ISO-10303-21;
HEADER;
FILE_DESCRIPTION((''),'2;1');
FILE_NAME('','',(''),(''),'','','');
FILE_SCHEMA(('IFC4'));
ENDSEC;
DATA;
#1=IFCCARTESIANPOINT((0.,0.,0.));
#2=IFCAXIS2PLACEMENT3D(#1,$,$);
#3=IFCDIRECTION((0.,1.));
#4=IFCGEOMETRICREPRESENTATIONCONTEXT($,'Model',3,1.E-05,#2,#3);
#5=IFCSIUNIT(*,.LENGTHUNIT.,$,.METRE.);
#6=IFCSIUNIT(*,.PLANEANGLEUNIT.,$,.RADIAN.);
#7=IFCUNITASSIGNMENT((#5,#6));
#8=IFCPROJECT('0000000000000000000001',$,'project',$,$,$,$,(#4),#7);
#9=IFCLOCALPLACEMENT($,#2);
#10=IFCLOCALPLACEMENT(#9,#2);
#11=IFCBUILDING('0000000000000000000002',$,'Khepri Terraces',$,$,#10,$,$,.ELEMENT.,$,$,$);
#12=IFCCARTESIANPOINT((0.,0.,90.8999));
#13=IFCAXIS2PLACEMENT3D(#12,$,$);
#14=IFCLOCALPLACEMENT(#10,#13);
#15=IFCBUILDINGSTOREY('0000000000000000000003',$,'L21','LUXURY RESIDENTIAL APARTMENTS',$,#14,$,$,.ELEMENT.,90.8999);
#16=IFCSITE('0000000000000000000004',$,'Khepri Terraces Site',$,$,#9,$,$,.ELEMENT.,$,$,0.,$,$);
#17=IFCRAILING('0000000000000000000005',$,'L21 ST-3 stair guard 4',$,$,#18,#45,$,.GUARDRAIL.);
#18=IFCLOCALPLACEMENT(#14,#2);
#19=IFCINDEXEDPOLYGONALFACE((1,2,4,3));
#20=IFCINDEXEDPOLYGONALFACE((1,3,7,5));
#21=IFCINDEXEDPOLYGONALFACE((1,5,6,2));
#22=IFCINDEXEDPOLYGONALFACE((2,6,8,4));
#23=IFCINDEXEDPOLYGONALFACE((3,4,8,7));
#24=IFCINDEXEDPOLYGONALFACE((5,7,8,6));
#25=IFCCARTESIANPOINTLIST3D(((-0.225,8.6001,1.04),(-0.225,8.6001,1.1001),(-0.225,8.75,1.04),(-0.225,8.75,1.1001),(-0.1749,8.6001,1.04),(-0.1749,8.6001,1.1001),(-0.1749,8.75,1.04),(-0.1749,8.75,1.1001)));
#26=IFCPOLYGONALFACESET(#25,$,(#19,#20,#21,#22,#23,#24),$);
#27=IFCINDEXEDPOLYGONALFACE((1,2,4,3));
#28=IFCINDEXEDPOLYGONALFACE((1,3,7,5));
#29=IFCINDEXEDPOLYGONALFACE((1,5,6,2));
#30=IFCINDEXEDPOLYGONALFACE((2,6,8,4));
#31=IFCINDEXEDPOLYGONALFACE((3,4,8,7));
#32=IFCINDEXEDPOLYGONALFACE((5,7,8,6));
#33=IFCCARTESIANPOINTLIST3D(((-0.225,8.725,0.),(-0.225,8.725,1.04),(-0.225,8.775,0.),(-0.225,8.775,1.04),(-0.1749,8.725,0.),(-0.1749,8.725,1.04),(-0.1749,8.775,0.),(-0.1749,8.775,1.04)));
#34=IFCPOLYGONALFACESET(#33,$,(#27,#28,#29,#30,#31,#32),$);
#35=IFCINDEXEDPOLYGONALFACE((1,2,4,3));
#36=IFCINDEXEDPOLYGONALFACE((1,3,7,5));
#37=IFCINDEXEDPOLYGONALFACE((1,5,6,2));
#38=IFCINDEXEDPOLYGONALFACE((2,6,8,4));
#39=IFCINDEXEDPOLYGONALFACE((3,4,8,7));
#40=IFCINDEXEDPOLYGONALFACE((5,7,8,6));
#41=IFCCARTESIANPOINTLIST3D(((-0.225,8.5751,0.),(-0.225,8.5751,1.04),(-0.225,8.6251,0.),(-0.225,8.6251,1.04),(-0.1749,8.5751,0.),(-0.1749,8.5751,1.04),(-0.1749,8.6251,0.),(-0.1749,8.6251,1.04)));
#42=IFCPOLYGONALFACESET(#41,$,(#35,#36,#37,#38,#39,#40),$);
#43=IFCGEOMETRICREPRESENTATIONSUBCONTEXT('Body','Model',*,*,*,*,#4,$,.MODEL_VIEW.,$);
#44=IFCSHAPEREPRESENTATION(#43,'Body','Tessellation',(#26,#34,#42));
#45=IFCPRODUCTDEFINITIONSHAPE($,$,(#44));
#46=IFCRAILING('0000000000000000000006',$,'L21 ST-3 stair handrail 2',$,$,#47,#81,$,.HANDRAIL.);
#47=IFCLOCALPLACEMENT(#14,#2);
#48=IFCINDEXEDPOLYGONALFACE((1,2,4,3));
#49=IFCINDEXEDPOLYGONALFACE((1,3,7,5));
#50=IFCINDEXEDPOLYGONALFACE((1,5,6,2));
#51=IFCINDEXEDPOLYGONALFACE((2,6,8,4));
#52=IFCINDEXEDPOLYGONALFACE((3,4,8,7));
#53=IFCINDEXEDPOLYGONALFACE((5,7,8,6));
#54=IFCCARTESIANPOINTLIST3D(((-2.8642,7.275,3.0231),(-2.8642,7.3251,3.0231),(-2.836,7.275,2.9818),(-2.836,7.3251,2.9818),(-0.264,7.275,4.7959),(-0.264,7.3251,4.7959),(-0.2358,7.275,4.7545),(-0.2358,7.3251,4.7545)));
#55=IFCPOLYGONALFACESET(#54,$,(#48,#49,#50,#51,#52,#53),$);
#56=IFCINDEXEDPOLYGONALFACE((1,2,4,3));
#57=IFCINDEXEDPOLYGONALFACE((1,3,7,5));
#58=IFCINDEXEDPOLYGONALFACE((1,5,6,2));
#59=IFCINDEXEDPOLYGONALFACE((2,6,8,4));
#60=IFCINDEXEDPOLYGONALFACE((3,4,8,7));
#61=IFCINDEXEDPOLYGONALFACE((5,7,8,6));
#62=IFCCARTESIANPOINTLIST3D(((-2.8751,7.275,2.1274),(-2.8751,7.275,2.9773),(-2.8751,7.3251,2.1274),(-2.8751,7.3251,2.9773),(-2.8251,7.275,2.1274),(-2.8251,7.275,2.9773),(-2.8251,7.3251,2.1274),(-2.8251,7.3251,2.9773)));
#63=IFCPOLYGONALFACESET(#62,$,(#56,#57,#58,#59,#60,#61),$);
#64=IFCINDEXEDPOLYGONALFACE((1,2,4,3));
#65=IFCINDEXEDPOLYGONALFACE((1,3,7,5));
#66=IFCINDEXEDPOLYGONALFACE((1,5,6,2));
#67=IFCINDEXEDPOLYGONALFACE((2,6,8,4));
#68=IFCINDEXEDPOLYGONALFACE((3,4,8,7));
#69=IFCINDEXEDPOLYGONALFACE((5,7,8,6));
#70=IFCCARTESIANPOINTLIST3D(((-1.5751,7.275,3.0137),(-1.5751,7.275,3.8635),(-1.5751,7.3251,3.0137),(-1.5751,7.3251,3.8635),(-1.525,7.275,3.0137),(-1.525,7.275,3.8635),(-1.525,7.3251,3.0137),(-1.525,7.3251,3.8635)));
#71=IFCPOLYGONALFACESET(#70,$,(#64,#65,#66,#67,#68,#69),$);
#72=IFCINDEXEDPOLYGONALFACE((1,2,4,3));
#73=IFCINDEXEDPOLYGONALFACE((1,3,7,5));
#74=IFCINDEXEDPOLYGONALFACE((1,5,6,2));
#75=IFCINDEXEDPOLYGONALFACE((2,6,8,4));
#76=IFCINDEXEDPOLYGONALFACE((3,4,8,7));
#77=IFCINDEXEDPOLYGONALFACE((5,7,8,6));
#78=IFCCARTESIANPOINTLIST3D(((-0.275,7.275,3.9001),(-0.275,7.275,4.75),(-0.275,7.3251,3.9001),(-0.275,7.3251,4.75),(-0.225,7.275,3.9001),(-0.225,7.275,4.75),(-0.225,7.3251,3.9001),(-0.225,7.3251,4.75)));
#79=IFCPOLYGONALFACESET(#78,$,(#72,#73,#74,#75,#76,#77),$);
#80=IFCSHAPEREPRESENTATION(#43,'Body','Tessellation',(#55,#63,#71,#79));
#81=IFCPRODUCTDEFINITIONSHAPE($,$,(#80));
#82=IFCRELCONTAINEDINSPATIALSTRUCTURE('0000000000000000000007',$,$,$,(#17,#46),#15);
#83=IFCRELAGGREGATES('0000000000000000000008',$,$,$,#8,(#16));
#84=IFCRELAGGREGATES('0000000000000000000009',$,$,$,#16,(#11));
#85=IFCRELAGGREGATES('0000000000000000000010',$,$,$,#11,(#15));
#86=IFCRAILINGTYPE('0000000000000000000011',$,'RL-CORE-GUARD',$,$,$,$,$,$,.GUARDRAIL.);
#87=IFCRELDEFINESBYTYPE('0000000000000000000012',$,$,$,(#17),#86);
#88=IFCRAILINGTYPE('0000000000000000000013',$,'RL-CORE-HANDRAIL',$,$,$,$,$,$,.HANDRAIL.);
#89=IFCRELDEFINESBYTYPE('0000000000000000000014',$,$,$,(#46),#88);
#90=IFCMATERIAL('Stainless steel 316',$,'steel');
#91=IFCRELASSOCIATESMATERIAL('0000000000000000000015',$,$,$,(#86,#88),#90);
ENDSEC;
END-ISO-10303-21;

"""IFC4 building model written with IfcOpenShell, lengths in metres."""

from ifc_helpers import new_model, si_unit, direction, frame, origin, origin_2d, place, context, subcontext, project, spatial, rectangle, extrude, material, type_object, element, save


model = new_model("IFC4")

# Units and contexts
model_context = context("Model", 3, precision=1e-05, world=origin(), true_north=direction((0.0, 1.0)))
body_context = subcontext(model_context, "Body", "Model", "MODEL_VIEW")
ifc_project = project(units=[si_unit("LENGTHUNIT", "METRE"), si_unit("PLANEANGLEUNIT", "RADIAN")], contexts=[model_context])

# Site, building, storey
site_placement = place(None, origin())
site = spatial("IfcSite", under=ifc_project, at=site_placement, Name="Khepri Terraces Site", CompositionType="ELEMENT", RefElevation=0.0)
building_placement = place(site_placement, origin())
building = spatial("IfcBuilding", under=site, at=building_placement, Name="Khepri Terraces", CompositionType="ELEMENT")
storey_placement = place(building_placement, frame((0.0, 0.0, 90.8999)))
storey = spatial("IfcBuildingStorey", under=building, at=storey_placement, Name="L21", Description="LUXURY RESIDENTIAL APARTMENTS", CompositionType="ELEMENT", Elevation=90.8999)

# Railings
ifc_material_1 = material(Name="Stainless steel 316", Category="steel")
railing_type_1 = type_object("IfcRailingType", Name="RL-CORE-GUARD", PredefinedType="GUARDRAIL", material=ifc_material_1)
railing_1_placement = place(storey_placement, frame((-0.2, 8.75, 0.0)))
element("IfcRailing", 1, at=railing_1_placement, inside=storey, type_object=railing_type_1, Name="L21 ST-3 stair guard 4", PredefinedType="GUARDRAIL", context=body_context, shape_type="SweptSolid", body=[
    extrude(rectangle(XDim=0.05, YDim=0.0601, at=origin_2d()), frame((0.0, 0.0, 1.0701), z_axis=(0.0, -1.0, 0.0), x_axis=(1.0, 0.0, 0.0)), (0.0, 0.0, 1.0), 0.1499),
    extrude(rectangle(XDim=0.05, YDim=0.05, at=origin_2d()), origin(), (0.0, 0.0, 1.0), 1.04),
    extrude(rectangle(XDim=0.05, YDim=0.05, at=origin_2d()), frame((0.0, -0.1499, 0.0)), (0.0, 0.0, 1.0), 1.04),
])
railing_type_2 = type_object("IfcRailingType", Name="RL-CORE-HANDRAIL", PredefinedType="HANDRAIL", material=ifc_material_1)
railing_2_placement = place(storey_placement, frame((-2.8501, 7.3, 2.1274)))
element("IfcRailing", 2, at=railing_2_placement, inside=storey, type_object=railing_type_2, Name="L21 ST-3 stair handrail 2", PredefinedType="HANDRAIL", context=body_context, shape_type="SweptSolid", body=[
    extrude(rectangle(XDim=0.05, YDim=0.05, at=origin_2d()), frame((0.0, 0.0, 0.875), z_axis=(0.82624, 0.0, 0.563318), x_axis=(0.0, 1.0, 0.0)), (0.0, 0.0, 1.0), 3.147),
    extrude(rectangle(XDim=0.05, YDim=0.05, at=origin_2d()), origin(), (0.0, 0.0, 1.0), 0.8499),
    extrude(rectangle(XDim=0.05, YDim=0.05, at=origin_2d()), frame((1.3, 0.0, 0.8862)), (0.0, 0.0, 1.0), 0.8499),
    extrude(rectangle(XDim=0.05, YDim=0.05, at=origin_2d()), frame((2.6001, 0.0, 1.7727)), (0.0, 0.0, 1.0), 0.8499),
])

save(model, "model.ifc")
